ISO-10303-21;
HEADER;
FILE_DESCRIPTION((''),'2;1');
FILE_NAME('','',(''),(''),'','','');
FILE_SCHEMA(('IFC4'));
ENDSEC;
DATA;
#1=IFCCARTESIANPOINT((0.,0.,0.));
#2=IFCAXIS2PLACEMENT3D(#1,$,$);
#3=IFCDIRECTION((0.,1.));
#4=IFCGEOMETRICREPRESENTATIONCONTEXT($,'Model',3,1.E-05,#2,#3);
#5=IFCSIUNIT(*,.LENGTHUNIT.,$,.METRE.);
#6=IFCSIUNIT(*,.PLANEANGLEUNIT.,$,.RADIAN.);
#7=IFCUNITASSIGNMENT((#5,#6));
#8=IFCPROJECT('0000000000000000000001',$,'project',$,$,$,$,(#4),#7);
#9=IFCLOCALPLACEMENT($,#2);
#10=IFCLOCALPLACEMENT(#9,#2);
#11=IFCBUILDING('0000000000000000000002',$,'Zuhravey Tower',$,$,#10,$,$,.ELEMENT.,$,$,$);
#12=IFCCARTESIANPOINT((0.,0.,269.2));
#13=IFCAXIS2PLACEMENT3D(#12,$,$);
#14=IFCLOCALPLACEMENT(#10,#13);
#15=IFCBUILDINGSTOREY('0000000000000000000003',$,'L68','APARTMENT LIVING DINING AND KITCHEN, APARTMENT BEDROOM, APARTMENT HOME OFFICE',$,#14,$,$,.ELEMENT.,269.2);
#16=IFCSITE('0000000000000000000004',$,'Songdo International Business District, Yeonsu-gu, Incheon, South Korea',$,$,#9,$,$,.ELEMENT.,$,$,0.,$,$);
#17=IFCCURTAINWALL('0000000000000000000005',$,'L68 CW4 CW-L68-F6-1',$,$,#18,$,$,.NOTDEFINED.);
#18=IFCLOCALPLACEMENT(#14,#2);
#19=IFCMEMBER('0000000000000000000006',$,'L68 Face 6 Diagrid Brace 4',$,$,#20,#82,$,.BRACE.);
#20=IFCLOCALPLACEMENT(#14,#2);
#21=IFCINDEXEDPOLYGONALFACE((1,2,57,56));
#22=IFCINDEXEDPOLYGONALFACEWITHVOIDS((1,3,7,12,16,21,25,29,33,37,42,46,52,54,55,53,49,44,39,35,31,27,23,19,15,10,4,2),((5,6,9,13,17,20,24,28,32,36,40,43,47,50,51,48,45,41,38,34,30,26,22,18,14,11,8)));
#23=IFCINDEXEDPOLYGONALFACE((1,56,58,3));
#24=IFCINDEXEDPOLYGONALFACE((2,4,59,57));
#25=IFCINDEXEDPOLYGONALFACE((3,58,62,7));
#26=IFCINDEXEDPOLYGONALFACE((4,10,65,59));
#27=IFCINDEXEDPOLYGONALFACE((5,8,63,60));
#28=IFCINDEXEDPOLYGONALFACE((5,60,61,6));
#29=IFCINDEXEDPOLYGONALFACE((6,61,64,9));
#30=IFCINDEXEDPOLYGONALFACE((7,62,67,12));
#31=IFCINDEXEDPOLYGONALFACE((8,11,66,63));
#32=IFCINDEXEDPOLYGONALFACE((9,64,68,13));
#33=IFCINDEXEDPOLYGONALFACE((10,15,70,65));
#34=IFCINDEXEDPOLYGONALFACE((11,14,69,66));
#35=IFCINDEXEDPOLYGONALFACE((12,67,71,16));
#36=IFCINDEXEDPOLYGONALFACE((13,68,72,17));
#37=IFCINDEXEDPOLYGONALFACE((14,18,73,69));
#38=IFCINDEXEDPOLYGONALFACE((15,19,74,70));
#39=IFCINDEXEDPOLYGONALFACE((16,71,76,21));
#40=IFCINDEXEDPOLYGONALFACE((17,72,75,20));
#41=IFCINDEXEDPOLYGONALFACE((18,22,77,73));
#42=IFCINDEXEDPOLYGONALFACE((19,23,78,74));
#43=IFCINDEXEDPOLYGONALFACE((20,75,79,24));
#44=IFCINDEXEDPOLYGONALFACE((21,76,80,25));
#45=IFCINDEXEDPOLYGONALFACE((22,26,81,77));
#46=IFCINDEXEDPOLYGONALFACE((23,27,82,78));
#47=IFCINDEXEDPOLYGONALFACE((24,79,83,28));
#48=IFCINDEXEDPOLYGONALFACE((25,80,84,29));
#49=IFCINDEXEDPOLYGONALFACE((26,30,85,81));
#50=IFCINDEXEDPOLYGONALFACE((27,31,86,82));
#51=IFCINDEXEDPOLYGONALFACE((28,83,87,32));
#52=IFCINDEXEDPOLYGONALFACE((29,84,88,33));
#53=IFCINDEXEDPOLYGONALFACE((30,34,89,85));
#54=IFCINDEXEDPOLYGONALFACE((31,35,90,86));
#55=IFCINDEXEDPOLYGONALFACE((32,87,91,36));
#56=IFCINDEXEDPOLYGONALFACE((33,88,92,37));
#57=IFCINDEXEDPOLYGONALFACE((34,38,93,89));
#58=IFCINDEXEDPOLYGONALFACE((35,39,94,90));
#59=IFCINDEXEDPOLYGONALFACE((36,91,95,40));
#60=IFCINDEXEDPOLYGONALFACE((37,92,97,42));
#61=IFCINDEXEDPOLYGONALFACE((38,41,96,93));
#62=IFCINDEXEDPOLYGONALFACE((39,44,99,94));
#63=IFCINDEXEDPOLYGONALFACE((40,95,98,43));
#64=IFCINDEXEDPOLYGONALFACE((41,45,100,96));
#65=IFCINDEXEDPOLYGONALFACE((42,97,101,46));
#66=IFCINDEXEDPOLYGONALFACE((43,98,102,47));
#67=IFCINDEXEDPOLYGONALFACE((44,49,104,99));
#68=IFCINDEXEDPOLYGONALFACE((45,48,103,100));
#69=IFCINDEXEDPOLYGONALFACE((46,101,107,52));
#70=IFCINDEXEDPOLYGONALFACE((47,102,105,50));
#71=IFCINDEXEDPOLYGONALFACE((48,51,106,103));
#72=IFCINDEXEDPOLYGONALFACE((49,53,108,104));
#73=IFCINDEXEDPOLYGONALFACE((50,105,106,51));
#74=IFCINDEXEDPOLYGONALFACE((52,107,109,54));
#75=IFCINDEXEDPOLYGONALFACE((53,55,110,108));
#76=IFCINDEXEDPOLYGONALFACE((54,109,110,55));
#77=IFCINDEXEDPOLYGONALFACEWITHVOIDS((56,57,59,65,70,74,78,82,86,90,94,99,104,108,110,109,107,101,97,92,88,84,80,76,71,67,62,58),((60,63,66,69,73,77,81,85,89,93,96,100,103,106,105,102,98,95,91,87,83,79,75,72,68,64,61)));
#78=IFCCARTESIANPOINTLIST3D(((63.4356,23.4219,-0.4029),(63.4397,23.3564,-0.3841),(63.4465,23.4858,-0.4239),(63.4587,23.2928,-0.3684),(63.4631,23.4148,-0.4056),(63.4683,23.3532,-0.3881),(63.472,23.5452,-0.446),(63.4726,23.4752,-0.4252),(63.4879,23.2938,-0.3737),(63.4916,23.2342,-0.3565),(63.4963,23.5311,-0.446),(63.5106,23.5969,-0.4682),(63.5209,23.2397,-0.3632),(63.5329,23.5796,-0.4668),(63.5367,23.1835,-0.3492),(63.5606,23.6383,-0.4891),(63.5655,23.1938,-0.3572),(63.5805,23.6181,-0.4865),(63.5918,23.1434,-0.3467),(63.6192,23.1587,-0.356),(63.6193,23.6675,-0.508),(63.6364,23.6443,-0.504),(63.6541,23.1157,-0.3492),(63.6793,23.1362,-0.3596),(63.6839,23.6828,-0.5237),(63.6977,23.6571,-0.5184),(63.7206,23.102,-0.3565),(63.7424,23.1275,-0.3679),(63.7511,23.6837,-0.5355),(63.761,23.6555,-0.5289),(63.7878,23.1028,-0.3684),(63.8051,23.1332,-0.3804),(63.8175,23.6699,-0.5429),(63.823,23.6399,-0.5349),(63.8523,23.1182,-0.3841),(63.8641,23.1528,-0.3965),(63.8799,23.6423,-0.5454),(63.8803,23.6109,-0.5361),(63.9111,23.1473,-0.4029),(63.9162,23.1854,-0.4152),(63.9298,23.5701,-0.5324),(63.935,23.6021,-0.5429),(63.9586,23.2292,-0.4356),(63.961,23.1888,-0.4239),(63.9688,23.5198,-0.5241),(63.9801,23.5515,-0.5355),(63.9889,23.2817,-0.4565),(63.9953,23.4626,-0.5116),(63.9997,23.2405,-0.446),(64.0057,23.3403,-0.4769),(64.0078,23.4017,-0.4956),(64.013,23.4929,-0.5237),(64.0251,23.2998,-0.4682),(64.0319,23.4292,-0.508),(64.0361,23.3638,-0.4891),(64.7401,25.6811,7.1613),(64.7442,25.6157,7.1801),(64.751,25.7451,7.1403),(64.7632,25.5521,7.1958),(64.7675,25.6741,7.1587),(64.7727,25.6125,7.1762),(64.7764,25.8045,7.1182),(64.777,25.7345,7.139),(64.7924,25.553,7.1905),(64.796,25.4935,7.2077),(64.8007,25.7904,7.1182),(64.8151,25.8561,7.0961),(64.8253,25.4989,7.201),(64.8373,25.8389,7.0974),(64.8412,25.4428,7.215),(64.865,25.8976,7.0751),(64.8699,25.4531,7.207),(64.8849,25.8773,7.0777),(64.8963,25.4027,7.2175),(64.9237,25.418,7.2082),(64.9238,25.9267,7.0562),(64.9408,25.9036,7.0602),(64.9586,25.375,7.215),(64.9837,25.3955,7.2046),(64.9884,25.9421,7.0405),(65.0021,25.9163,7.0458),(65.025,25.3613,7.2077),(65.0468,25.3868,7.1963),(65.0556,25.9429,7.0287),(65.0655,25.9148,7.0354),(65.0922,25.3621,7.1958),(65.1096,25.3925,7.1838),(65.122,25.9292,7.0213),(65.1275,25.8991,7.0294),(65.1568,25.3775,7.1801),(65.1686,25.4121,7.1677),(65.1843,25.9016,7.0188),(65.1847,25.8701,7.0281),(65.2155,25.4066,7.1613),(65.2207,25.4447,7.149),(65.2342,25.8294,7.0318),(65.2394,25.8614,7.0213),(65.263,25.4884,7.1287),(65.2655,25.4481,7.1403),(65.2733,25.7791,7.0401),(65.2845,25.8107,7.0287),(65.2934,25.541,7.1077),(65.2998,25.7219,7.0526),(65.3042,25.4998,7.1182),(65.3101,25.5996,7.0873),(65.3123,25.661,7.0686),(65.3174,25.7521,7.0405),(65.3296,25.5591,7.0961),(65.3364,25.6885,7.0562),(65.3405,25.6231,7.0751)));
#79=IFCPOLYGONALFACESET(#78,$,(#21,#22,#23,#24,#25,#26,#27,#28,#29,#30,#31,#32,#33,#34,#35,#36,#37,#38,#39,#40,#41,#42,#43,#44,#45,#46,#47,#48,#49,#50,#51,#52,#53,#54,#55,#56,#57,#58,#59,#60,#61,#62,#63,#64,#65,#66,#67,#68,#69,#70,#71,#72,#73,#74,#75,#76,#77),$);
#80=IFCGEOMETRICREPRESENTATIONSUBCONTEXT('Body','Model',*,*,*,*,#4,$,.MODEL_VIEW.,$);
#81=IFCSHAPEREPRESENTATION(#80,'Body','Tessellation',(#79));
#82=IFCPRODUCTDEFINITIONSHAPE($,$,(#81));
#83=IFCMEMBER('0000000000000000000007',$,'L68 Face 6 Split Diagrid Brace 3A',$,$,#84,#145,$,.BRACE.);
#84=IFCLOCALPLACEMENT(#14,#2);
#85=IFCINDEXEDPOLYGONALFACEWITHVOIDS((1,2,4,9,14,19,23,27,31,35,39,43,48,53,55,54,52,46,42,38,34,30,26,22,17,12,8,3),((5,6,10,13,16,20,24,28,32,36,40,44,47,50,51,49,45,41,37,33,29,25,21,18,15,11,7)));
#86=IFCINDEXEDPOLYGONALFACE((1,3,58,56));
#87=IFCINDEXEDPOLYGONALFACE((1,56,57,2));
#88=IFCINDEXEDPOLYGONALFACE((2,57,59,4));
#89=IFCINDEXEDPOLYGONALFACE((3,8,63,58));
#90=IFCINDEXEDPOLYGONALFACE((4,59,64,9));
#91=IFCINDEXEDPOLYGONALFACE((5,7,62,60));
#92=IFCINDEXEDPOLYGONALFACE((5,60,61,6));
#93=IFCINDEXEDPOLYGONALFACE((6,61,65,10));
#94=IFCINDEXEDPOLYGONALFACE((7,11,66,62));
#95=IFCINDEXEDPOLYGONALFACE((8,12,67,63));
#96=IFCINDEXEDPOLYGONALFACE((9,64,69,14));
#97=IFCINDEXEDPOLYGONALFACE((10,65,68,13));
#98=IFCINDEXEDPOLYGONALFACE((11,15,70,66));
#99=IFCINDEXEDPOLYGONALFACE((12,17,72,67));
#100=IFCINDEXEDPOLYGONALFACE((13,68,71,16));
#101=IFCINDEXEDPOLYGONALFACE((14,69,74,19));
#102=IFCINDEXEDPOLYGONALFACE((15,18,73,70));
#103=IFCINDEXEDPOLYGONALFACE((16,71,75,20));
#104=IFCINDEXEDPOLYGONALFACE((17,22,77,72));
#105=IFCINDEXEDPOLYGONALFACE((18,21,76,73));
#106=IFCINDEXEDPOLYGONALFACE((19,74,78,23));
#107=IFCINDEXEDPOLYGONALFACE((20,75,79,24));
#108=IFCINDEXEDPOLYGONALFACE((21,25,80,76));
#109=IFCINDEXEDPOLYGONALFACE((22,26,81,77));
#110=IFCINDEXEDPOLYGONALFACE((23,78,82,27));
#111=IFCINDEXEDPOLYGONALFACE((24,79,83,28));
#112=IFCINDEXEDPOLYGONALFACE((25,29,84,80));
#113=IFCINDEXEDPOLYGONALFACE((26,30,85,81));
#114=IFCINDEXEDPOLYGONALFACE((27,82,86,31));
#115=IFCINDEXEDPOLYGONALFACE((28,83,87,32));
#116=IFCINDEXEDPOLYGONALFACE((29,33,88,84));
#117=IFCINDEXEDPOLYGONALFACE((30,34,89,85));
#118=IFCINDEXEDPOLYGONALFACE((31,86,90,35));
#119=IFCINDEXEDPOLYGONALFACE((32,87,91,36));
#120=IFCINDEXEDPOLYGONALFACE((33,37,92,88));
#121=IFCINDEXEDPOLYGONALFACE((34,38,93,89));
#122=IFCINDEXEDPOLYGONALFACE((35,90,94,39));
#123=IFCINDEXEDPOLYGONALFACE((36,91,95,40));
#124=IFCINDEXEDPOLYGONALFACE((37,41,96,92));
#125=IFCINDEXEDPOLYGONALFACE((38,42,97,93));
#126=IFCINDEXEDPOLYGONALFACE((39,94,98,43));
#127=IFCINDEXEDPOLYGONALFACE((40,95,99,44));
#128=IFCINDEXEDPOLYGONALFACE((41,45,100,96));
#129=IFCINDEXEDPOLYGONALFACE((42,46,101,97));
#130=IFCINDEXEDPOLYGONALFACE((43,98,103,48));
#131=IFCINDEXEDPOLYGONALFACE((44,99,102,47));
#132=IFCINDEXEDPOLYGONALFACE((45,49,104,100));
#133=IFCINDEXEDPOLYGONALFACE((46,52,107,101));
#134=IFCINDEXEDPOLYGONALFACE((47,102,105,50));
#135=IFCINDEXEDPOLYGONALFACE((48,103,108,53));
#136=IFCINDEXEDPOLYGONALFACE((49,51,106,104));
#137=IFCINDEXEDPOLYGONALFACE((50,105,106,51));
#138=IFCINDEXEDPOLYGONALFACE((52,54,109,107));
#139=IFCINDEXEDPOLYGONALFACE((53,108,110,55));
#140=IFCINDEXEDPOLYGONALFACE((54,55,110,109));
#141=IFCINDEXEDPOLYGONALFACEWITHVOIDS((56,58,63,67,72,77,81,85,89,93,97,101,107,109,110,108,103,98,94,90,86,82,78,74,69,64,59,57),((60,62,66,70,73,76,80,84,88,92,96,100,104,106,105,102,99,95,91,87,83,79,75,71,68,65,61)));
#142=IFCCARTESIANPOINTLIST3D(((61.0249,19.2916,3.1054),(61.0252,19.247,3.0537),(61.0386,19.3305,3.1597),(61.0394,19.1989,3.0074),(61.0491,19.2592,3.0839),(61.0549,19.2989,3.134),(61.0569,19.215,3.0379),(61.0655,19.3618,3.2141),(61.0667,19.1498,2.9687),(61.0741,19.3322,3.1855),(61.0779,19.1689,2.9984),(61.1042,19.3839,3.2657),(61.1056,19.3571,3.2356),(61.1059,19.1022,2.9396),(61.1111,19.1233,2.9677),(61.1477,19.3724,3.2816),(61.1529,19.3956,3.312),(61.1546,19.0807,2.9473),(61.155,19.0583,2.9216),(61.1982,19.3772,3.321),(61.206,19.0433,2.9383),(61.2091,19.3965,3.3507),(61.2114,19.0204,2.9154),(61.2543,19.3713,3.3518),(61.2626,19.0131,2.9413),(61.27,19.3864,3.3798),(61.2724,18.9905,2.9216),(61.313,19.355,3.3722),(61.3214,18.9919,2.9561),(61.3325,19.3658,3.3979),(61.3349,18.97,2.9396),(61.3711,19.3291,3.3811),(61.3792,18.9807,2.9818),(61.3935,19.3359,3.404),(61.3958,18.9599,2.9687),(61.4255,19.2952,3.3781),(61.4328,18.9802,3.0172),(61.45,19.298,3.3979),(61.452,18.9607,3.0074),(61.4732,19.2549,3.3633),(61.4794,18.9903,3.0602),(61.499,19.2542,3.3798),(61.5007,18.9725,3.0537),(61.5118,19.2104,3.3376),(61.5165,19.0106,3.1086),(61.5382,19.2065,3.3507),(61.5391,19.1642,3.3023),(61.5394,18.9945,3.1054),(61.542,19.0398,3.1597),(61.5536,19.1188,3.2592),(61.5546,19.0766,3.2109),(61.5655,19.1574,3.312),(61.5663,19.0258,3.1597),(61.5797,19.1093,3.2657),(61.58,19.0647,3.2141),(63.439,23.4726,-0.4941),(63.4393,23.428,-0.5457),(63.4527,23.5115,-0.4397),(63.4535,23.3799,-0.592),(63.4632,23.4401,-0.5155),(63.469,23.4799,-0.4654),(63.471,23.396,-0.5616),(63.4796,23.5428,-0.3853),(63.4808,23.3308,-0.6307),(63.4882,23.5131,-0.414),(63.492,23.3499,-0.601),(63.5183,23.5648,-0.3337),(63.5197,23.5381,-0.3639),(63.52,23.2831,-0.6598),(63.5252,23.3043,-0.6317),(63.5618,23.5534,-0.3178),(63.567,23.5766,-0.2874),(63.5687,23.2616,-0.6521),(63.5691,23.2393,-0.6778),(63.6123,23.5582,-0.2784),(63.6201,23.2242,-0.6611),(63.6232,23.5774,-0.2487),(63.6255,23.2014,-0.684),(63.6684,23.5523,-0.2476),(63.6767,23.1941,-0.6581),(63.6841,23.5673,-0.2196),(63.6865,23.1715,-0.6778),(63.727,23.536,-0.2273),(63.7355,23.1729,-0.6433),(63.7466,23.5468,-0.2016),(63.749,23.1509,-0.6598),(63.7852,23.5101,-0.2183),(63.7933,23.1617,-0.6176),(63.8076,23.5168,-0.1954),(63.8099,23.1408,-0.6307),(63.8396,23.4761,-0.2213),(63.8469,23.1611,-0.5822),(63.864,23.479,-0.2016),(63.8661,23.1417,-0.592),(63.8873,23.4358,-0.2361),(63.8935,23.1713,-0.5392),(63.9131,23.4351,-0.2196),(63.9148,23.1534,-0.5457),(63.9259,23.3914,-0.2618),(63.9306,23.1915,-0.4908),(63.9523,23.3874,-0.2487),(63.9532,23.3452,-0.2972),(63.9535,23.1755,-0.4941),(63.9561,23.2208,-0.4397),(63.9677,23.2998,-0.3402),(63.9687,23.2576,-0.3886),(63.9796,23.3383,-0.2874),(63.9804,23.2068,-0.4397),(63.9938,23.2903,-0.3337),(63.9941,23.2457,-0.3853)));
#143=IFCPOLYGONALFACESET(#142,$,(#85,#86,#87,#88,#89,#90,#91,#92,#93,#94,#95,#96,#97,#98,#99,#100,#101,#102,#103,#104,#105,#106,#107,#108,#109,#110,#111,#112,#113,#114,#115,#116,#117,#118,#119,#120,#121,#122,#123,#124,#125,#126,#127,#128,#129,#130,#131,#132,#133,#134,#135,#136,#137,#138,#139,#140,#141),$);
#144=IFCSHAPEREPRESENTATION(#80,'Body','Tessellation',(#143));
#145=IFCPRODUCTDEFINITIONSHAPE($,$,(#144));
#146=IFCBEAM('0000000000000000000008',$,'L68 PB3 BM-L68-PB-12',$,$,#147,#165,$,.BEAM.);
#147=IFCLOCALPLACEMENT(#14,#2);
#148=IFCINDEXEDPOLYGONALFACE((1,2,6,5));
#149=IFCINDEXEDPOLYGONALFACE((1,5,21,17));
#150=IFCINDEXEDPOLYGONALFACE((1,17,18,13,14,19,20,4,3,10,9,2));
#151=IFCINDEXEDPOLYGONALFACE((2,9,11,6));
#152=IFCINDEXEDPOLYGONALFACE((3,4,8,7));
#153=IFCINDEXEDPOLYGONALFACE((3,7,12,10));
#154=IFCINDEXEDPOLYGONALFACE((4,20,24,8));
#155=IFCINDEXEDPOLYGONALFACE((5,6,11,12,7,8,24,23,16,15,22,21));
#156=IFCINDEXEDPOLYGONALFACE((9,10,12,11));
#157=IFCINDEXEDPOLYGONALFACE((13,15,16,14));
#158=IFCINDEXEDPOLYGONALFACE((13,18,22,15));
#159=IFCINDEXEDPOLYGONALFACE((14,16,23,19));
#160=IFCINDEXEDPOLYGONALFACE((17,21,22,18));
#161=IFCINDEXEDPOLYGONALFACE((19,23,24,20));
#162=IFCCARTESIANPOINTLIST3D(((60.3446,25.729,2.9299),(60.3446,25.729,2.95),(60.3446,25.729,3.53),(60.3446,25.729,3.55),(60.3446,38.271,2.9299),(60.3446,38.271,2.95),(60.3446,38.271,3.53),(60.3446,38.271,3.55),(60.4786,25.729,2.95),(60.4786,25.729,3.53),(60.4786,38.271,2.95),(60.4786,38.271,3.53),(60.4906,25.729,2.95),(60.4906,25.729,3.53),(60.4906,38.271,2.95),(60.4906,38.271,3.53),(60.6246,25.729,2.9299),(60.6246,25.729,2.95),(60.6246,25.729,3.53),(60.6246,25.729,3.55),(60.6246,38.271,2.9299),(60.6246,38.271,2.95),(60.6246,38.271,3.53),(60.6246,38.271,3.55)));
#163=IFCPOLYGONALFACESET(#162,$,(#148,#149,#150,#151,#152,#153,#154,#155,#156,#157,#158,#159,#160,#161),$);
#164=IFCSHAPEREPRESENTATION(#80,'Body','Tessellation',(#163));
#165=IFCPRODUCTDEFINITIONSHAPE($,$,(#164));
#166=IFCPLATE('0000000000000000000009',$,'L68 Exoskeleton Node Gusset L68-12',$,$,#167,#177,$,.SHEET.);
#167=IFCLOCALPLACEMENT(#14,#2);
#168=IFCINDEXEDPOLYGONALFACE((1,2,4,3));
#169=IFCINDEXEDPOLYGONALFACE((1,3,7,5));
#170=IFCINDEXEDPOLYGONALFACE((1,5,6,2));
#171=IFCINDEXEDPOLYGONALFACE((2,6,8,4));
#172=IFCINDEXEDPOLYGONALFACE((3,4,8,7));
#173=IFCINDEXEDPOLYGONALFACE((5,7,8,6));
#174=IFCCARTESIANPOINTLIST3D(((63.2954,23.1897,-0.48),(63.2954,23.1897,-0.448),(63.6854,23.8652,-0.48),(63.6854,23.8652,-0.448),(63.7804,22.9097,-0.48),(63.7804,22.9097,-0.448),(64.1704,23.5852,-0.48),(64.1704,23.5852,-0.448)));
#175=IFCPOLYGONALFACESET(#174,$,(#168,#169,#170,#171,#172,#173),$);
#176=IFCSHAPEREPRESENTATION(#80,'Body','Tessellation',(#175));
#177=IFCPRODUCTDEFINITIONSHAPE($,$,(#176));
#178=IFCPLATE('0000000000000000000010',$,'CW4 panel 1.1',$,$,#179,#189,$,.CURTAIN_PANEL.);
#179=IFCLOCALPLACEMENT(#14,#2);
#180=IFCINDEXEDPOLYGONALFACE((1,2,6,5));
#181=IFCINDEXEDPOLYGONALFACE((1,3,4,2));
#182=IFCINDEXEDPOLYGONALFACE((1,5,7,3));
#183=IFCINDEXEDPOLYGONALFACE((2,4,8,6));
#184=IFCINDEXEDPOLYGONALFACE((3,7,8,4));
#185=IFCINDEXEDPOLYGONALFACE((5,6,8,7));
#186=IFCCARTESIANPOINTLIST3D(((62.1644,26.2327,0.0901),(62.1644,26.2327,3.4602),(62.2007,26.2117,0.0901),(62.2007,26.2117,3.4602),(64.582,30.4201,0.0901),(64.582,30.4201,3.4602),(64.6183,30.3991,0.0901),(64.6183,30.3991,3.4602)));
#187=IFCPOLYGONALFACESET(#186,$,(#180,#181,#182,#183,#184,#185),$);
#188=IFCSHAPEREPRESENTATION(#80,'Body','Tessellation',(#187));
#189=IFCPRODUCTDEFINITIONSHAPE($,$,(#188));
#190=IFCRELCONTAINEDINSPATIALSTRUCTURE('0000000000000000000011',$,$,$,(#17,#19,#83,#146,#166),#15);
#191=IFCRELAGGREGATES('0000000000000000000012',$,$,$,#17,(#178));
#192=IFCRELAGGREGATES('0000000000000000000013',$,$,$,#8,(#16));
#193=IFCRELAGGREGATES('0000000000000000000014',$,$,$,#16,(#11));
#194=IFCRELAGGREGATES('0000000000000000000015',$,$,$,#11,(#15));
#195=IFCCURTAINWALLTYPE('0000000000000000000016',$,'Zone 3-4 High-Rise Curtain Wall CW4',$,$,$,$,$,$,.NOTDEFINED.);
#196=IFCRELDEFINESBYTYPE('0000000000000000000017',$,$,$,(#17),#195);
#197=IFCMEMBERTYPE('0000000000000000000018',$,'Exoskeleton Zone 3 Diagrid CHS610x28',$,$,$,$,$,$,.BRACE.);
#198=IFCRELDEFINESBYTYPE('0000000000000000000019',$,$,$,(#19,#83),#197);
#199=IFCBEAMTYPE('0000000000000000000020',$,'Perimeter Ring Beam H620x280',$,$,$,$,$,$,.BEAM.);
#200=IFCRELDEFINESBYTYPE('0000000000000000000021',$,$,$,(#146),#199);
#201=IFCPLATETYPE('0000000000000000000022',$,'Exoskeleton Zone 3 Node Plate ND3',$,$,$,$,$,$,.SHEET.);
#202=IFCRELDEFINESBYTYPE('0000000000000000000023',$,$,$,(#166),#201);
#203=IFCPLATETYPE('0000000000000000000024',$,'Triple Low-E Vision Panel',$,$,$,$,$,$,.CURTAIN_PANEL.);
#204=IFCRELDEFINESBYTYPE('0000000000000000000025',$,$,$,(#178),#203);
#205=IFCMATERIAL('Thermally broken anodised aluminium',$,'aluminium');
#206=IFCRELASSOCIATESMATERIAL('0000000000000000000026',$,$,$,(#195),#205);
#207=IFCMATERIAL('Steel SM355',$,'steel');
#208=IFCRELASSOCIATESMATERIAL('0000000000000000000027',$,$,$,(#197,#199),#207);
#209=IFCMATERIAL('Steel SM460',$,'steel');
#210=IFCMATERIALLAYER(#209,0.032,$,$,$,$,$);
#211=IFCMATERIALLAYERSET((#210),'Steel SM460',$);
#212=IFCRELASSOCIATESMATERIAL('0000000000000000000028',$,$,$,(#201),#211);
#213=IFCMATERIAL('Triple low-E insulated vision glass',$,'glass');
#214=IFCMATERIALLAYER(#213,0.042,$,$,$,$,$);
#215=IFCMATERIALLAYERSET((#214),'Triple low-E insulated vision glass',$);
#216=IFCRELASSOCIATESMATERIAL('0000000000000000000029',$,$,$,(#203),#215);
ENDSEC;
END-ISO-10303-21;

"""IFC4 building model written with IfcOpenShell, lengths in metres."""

from ifc_helpers import new_model, si_unit, direction, frame, origin, origin_2d, place, context, subcontext, project, spatial, rectangle, hollow_circle, i_section, extrude, material, layer, layer_set, material_profile, profile_set, type_object, element, aggregate, save


model = new_model("IFC4")

# Units and contexts
model_context = context("Model", 3, precision=1e-05, world=origin(), true_north=direction((0.0, 1.0)))
body_context = subcontext(model_context, "Body", "Model", "MODEL_VIEW")
ifc_project = project(units=[si_unit("LENGTHUNIT", "METRE"), si_unit("PLANEANGLEUNIT", "RADIAN")], contexts=[model_context])

# Site, building, storey
site_placement = place(None, origin())
site = spatial("IfcSite", under=ifc_project, at=site_placement, Name="Songdo International Business District, Yeonsu-gu, Incheon, South Korea", CompositionType="ELEMENT", RefElevation=0.0)
building_placement = place(site_placement, origin())
building = spatial("IfcBuilding", under=site, at=building_placement, Name="Zuhravey Tower", CompositionType="ELEMENT")
storey_placement = place(building_placement, frame((0.0, 0.0, 269.2)))
storey = spatial("IfcBuildingStorey", under=building, at=storey_placement, Name="L68", Description="APARTMENT LIVING DINING AND KITCHEN, APARTMENT BEDROOM, APARTMENT HOME OFFICE", CompositionType="ELEMENT", Elevation=269.2)

# Curtain wall
ifc_material_1 = material(Name="Thermally broken anodised aluminium", Category="aluminium")
curtain_wall_type = type_object("IfcCurtainWallType", Name="Zone 3-4 High-Rise Curtain Wall CW4", PredefinedType="NOTDEFINED", material=ifc_material_1)
curtain_wall_placement = place(storey_placement, origin())
curtain_wall = element("IfcCurtainWall", 1, at=curtain_wall_placement, inside=storey, type_object=curtain_wall_type, Name="L68 CW4 CW-L68-F6-1", PredefinedType="NOTDEFINED")

# Members
ifc_material_2 = material(Name="Steel SM355", Category="steel")
ifc_material_profile_1 = material_profile(ifc_material_2, hollow_circle(Radius=0.3047, WallThickness=0.0281, at=origin_2d()), Name="CHS-609.6x28")
ifc_profile_set_1 = profile_set([ifc_material_profile_1], Name="Steel SM355")
member_type_1 = type_object("IfcMemberType", Name="Exoskeleton Zone 3 Diagrid CHS610x28", PredefinedType="BRACE", material=ifc_profile_set_1)
member_1_placement = place(storey_placement, frame((63.7358, 23.3928, -0.446), z_axis=(0.163026, 0.282359, 0.945355), x_axis=(-0.866017, 0.500014, 0.0)))
element("IfcMember", 2, at=member_1_placement, inside=storey, type_object=member_type_1, Name="L68 Face 6 Diagrid Brace 4", PredefinedType="BRACE", context=body_context, shape_type="SweptSolid", body=[
    extrude(hollow_circle(Radius=0.3047, WallThickness=0.0281, at=origin_2d()), origin(), (0.0, 0.0, 1.0), 8.0015),
])
member_2_placement = place(storey_placement, frame((63.7166, 23.3591, -0.4397), z_axis=(-0.400881, -0.694285, 0.597714), x_axis=(0.866006, -0.500033, 0.0)))
element("IfcMember", 3, at=member_2_placement, inside=storey, type_object=member_type_1, Name="L68 Face 6 Split Diagrid Brace 3A", PredefinedType="BRACE", context=body_context, shape_type="SweptSolid", body=[
    extrude(hollow_circle(Radius=0.3047, WallThickness=0.0281, at=origin_2d()), origin(), (0.0, 0.0, 1.0), 6.022),
])

# Beam
ifc_material_profile_2 = material_profile(ifc_material_2, i_section(OverallWidth=0.28, OverallDepth=0.6201, WebThickness=0.012, FlangeThickness=0.02, at=origin_2d()), Name="H-620x280x12x20")
ifc_profile_set_2 = profile_set([ifc_material_profile_2], Name="Steel SM355")
beam_type = type_object("IfcBeamType", Name="Perimeter Ring Beam H620x280", PredefinedType="BEAM", material=ifc_profile_set_2)
beam_placement = place(storey_placement, frame((60.4846, 25.729, 3.24), z_axis=(0.0, 1.0, 0.0), x_axis=(-1.0, 0.0, 0.0)))
element("IfcBeam", 4, at=beam_placement, inside=storey, type_object=beam_type, Name="L68 PB3 BM-L68-PB-12", PredefinedType="BEAM", context=body_context, shape_type="SweptSolid", body=[
    extrude(i_section(OverallWidth=0.28, OverallDepth=0.6201, WebThickness=0.012, FlangeThickness=0.02, at=origin_2d()), origin(), (0.0, 0.0, 1.0), 12.542),
])

# Plates
ifc_material_3 = material(Name="Steel SM460", Category="steel")
ifc_layer_1 = layer(ifc_material_3, 0.032)
ifc_layer_set_1 = layer_set([ifc_layer_1], Name="Steel SM460")
plate_type_1 = type_object("IfcPlateType", Name="Exoskeleton Zone 3 Node Plate ND3", PredefinedType="SHEET", material=ifc_layer_set_1)
plate_1_placement = place(storey_placement, frame((63.7329, 23.3875, -0.48), z_axis=(0.0, 0.0, 1.0), x_axis=(0.5, 0.866025, 0.0)))
element("IfcPlate", 5, at=plate_1_placement, inside=storey, type_object=plate_type_1, Name="L68 Exoskeleton Node Gusset L68-12", PredefinedType="SHEET", context=body_context, shape_type="SweptSolid", body=[
    extrude(rectangle(XDim=0.78, YDim=0.5601, at=origin_2d()), origin(), (0.0, 0.0, 1.0), 0.032),
])
ifc_material_4 = material(Name="Triple low-E insulated vision glass", Category="glass")
ifc_layer_2 = layer(ifc_material_4, 0.042)
ifc_layer_set_2 = layer_set([ifc_layer_2], Name="Triple low-E insulated vision glass")
plate_type_2 = type_object("IfcPlateType", Name="Triple Low-E Vision Panel", PredefinedType="CURTAIN_PANEL", material=ifc_layer_set_2)
plate_2_placement = place(storey_placement, frame((63.3914, 28.3159, 0.0901), z_axis=(0.0, 0.0, 1.0), x_axis=(-0.499999, -0.866026, 0.0)))
plate_2 = element("IfcPlate", 6, at=plate_2_placement, type_object=plate_type_2, Name="CW4 panel 1.1", PredefinedType="CURTAIN_PANEL", context=body_context, shape_type="SweptSolid", body=[
    extrude(rectangle(XDim=4.8352, YDim=0.042, at=origin_2d()), origin(), (0.0, 0.0, 1.0), 3.3701),
])
aggregate(curtain_wall, [plate_2])

save(model, "model.ifc")
